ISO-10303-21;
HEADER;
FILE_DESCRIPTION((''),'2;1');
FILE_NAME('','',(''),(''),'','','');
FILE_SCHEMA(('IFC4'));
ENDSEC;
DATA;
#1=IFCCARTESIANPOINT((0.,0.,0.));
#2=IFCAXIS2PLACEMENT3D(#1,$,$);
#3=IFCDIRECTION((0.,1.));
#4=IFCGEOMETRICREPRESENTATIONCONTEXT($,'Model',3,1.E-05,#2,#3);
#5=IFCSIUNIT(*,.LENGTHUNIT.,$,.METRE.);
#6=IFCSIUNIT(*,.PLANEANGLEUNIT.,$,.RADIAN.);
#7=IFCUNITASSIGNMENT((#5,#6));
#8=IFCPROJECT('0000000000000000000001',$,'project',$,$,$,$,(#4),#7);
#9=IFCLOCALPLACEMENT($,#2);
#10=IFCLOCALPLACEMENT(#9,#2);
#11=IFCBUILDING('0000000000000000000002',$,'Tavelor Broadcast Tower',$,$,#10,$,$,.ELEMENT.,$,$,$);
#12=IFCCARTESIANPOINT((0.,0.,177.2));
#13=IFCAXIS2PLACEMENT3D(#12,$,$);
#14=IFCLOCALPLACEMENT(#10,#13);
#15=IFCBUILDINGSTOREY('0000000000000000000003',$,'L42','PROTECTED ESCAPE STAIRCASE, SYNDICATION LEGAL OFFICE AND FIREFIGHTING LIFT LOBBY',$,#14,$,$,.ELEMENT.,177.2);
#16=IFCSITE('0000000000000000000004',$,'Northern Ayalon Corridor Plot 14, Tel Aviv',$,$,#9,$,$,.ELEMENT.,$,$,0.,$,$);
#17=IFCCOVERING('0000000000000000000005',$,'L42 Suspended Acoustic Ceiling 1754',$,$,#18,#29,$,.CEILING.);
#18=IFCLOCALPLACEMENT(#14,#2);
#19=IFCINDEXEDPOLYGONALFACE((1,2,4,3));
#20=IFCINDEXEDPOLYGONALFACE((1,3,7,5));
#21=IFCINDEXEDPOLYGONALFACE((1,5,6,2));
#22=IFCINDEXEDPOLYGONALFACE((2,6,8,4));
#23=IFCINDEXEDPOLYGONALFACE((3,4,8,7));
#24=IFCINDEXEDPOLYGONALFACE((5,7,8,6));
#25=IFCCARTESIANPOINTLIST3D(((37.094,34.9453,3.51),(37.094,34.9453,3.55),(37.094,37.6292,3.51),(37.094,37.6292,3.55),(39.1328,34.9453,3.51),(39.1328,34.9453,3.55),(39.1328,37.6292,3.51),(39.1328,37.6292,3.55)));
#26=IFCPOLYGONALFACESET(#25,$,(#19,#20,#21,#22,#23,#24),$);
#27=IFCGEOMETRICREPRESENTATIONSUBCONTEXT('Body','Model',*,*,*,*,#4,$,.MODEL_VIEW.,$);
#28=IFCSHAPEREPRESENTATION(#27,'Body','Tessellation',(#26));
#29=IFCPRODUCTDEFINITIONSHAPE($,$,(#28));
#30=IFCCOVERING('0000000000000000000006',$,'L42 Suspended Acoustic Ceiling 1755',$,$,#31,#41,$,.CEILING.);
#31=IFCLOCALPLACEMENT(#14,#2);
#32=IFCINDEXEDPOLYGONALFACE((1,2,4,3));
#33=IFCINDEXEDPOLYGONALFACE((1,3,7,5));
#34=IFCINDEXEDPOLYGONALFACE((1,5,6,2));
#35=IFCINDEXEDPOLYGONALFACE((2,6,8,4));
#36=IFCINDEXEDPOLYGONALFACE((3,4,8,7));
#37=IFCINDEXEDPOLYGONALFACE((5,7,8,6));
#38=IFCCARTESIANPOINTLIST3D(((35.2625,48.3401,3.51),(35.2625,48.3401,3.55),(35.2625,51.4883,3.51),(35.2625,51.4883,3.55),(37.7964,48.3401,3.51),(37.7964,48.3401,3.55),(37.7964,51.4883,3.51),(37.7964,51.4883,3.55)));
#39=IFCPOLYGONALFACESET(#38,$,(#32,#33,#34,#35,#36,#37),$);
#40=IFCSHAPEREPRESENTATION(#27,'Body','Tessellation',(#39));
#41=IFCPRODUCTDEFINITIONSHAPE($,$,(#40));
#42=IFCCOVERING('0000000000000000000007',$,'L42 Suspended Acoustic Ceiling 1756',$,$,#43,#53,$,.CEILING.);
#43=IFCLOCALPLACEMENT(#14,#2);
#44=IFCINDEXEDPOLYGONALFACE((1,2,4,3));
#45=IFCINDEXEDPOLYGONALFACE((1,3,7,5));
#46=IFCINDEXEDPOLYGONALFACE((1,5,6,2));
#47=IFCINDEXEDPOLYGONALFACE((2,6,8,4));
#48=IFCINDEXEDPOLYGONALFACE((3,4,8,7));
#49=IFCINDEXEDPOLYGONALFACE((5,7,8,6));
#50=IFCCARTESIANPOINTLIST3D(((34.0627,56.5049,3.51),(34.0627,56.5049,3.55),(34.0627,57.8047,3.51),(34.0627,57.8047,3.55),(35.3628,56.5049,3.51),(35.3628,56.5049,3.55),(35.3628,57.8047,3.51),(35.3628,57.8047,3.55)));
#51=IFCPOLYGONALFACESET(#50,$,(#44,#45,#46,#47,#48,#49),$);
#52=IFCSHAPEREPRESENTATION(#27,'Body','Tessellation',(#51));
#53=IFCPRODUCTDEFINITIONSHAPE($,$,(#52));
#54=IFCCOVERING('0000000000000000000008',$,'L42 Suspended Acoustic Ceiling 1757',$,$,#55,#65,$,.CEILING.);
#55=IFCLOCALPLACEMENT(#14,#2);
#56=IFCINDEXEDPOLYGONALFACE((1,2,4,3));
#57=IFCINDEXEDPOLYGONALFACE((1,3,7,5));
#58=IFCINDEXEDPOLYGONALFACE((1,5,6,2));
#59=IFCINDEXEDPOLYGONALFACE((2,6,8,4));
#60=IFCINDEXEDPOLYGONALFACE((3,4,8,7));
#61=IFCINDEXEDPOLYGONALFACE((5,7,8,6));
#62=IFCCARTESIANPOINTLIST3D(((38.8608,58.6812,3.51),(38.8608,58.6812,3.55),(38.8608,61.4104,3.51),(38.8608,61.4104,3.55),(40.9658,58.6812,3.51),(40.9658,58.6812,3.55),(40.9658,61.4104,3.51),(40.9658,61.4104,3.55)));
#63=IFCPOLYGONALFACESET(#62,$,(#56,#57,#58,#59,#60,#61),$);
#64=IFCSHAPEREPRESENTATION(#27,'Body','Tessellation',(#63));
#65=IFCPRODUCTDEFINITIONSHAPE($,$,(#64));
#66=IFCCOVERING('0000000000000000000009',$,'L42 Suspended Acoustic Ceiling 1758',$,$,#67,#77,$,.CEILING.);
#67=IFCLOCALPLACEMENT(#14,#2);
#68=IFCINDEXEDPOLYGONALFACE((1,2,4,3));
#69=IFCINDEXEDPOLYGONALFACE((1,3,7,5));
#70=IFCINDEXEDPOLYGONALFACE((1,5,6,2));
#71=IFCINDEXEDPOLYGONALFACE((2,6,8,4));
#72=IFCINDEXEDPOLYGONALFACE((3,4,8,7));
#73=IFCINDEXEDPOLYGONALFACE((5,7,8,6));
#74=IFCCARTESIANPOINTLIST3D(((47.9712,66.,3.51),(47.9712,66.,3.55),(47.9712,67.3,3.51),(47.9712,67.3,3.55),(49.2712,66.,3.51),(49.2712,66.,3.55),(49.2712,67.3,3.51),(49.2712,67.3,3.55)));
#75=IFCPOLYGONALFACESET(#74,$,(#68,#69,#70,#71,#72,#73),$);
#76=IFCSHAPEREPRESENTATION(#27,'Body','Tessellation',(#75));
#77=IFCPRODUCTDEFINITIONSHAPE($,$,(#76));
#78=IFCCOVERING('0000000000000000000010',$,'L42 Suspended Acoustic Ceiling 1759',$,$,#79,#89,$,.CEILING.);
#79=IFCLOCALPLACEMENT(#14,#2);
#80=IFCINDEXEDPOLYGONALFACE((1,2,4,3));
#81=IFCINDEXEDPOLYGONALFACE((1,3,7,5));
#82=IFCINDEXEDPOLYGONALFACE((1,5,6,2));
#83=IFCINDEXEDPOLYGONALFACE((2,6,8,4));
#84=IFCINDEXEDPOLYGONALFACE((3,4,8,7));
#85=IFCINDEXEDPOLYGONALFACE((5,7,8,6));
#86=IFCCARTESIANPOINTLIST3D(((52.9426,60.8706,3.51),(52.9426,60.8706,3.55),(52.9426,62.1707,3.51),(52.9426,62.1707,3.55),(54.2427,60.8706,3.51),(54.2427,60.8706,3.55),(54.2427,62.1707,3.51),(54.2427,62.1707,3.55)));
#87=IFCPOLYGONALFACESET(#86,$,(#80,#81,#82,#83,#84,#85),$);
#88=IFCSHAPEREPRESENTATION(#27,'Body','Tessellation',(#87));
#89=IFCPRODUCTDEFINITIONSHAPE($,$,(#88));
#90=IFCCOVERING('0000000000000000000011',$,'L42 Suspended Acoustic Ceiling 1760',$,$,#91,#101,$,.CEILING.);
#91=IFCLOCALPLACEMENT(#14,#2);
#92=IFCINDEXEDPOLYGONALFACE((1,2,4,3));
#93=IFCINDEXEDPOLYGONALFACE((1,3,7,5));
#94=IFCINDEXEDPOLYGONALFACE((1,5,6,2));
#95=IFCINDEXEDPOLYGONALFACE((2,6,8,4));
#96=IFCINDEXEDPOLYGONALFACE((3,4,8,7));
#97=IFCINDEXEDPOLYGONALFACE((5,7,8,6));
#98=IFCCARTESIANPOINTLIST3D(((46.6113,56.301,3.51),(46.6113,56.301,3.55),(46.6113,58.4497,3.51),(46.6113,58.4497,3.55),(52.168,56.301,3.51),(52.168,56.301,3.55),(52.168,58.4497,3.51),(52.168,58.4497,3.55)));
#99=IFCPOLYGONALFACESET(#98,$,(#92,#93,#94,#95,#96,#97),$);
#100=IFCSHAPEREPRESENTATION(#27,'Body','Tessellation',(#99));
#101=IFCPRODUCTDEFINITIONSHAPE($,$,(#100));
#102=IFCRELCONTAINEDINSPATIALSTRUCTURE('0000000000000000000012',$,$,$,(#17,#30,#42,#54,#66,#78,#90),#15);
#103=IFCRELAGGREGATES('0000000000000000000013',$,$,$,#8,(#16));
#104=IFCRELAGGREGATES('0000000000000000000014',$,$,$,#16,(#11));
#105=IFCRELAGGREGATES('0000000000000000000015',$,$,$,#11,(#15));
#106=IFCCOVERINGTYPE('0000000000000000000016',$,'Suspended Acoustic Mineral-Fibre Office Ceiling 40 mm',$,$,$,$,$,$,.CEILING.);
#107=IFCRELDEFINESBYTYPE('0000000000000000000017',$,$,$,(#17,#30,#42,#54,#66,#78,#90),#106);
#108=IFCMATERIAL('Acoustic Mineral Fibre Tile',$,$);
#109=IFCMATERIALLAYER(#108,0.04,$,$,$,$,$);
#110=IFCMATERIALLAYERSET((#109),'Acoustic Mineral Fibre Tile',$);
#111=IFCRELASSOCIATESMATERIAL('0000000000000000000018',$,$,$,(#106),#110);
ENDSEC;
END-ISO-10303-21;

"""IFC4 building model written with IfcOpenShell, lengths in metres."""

from ifc_helpers import new_model, si_unit, direction, frame, origin, place, context, subcontext, project, spatial, polyline, outline, extrude, material, layer, layer_set, type_object, element, save


model = new_model("IFC4")

# Units and contexts
model_context = context("Model", 3, precision=1e-05, world=origin(), true_north=direction((0.0, 1.0)))
body_context = subcontext(model_context, "Body", "Model", "MODEL_VIEW")
ifc_project = project(units=[si_unit("LENGTHUNIT", "METRE"), si_unit("PLANEANGLEUNIT", "RADIAN")], contexts=[model_context])

# Site, building, storey
site_placement = place(None, origin())
site = spatial("IfcSite", under=ifc_project, at=site_placement, Name="Northern Ayalon Corridor Plot 14, Tel Aviv", CompositionType="ELEMENT", RefElevation=0.0)
building_placement = place(site_placement, origin())
building = spatial("IfcBuilding", under=site, at=building_placement, Name="Tavelor Broadcast Tower", CompositionType="ELEMENT")
storey_placement = place(building_placement, frame((0.0, 0.0, 177.2)))
storey = spatial("IfcBuildingStorey", under=building, at=storey_placement, Name="L42", Description="PROTECTED ESCAPE STAIRCASE, SYNDICATION LEGAL OFFICE AND FIREFIGHTING LIFT LOBBY", CompositionType="ELEMENT", Elevation=177.2)

# Coverings
ifc_material_1 = material(Name="Acoustic Mineral Fibre Tile")
ifc_layer_1 = layer(ifc_material_1, 0.04)
ifc_layer_set_1 = layer_set([ifc_layer_1], Name="Acoustic Mineral Fibre Tile")
covering_type_1 = type_object("IfcCoveringType", Name="Suspended Acoustic Mineral-Fibre Office Ceiling 40 mm", PredefinedType="CEILING", material=ifc_layer_set_1)
covering_1_placement = place(storey_placement, frame((0.0, 0.0, 3.51)))
element("IfcCovering", 1, at=covering_1_placement, inside=storey, type_object=covering_type_1, Name="L42 Suspended Acoustic Ceiling 1754", PredefinedType="CEILING", context=body_context, shape_type="SweptSolid", body=[
    extrude(outline(polyline([(37.094, 34.9453), (39.1328, 34.9453), (39.1328, 37.6292), (37.094, 37.6292), (37.094, 34.9453)])), origin(), (0.0, 0.0, 1.0), 0.04),
])
covering_2_placement = place(storey_placement, frame((0.0, 0.0, 3.51)))
element("IfcCovering", 2, at=covering_2_placement, inside=storey, type_object=covering_type_1, Name="L42 Suspended Acoustic Ceiling 1755", PredefinedType="CEILING", context=body_context, shape_type="SweptSolid", body=[
    extrude(outline(polyline([(35.2625, 48.3401), (37.7964, 48.3401), (37.7964, 51.4883), (35.2625, 51.4883), (35.2625, 48.3401)])), origin(), (0.0, 0.0, 1.0), 0.04),
])
covering_3_placement = place(storey_placement, frame((0.0, 0.0, 3.51)))
element("IfcCovering", 3, at=covering_3_placement, inside=storey, type_object=covering_type_1, Name="L42 Suspended Acoustic Ceiling 1756", PredefinedType="CEILING", context=body_context, shape_type="SweptSolid", body=[
    extrude(outline(polyline([(34.0627, 56.5049), (35.3628, 56.5049), (35.3628, 57.8047), (34.0627, 57.8047), (34.0627, 56.5049)])), origin(), (0.0, 0.0, 1.0), 0.04),
])
covering_4_placement = place(storey_placement, frame((0.0, 0.0, 3.51)))
element("IfcCovering", 4, at=covering_4_placement, inside=storey, type_object=covering_type_1, Name="L42 Suspended Acoustic Ceiling 1757", PredefinedType="CEILING", context=body_context, shape_type="SweptSolid", body=[
    extrude(outline(polyline([(38.8608, 58.6812), (40.9658, 58.6812), (40.9658, 61.4104), (38.8608, 61.4104), (38.8608, 58.6812)])), origin(), (0.0, 0.0, 1.0), 0.04),
])
covering_5_placement = place(storey_placement, frame((0.0, 0.0, 3.51)))
element("IfcCovering", 5, at=covering_5_placement, inside=storey, type_object=covering_type_1, Name="L42 Suspended Acoustic Ceiling 1758", PredefinedType="CEILING", context=body_context, shape_type="SweptSolid", body=[
    extrude(outline(polyline([(47.9712, 66.0), (49.2712, 66.0), (49.2712, 67.3), (47.9712, 67.3), (47.9712, 66.0)])), origin(), (0.0, 0.0, 1.0), 0.04),
])
covering_6_placement = place(storey_placement, frame((0.0, 0.0, 3.51)))
element("IfcCovering", 6, at=covering_6_placement, inside=storey, type_object=covering_type_1, Name="L42 Suspended Acoustic Ceiling 1759", PredefinedType="CEILING", context=body_context, shape_type="SweptSolid", body=[
    extrude(outline(polyline([(52.9426, 60.8706), (54.2427, 60.8706), (54.2427, 62.1707), (52.9426, 62.1707), (52.9426, 60.8706)])), origin(), (0.0, 0.0, 1.0), 0.04),
])
covering_7_placement = place(storey_placement, frame((0.0, 0.0, 3.51)))
element("IfcCovering", 7, at=covering_7_placement, inside=storey, type_object=covering_type_1, Name="L42 Suspended Acoustic Ceiling 1760", PredefinedType="CEILING", context=body_context, shape_type="SweptSolid", body=[
    extrude(outline(polyline([(46.6113, 56.301), (52.168, 56.301), (52.168, 58.4497), (46.6113, 58.4497), (46.6113, 56.301)])), origin(), (0.0, 0.0, 1.0), 0.04),
])

save(model, "model.ifc")
